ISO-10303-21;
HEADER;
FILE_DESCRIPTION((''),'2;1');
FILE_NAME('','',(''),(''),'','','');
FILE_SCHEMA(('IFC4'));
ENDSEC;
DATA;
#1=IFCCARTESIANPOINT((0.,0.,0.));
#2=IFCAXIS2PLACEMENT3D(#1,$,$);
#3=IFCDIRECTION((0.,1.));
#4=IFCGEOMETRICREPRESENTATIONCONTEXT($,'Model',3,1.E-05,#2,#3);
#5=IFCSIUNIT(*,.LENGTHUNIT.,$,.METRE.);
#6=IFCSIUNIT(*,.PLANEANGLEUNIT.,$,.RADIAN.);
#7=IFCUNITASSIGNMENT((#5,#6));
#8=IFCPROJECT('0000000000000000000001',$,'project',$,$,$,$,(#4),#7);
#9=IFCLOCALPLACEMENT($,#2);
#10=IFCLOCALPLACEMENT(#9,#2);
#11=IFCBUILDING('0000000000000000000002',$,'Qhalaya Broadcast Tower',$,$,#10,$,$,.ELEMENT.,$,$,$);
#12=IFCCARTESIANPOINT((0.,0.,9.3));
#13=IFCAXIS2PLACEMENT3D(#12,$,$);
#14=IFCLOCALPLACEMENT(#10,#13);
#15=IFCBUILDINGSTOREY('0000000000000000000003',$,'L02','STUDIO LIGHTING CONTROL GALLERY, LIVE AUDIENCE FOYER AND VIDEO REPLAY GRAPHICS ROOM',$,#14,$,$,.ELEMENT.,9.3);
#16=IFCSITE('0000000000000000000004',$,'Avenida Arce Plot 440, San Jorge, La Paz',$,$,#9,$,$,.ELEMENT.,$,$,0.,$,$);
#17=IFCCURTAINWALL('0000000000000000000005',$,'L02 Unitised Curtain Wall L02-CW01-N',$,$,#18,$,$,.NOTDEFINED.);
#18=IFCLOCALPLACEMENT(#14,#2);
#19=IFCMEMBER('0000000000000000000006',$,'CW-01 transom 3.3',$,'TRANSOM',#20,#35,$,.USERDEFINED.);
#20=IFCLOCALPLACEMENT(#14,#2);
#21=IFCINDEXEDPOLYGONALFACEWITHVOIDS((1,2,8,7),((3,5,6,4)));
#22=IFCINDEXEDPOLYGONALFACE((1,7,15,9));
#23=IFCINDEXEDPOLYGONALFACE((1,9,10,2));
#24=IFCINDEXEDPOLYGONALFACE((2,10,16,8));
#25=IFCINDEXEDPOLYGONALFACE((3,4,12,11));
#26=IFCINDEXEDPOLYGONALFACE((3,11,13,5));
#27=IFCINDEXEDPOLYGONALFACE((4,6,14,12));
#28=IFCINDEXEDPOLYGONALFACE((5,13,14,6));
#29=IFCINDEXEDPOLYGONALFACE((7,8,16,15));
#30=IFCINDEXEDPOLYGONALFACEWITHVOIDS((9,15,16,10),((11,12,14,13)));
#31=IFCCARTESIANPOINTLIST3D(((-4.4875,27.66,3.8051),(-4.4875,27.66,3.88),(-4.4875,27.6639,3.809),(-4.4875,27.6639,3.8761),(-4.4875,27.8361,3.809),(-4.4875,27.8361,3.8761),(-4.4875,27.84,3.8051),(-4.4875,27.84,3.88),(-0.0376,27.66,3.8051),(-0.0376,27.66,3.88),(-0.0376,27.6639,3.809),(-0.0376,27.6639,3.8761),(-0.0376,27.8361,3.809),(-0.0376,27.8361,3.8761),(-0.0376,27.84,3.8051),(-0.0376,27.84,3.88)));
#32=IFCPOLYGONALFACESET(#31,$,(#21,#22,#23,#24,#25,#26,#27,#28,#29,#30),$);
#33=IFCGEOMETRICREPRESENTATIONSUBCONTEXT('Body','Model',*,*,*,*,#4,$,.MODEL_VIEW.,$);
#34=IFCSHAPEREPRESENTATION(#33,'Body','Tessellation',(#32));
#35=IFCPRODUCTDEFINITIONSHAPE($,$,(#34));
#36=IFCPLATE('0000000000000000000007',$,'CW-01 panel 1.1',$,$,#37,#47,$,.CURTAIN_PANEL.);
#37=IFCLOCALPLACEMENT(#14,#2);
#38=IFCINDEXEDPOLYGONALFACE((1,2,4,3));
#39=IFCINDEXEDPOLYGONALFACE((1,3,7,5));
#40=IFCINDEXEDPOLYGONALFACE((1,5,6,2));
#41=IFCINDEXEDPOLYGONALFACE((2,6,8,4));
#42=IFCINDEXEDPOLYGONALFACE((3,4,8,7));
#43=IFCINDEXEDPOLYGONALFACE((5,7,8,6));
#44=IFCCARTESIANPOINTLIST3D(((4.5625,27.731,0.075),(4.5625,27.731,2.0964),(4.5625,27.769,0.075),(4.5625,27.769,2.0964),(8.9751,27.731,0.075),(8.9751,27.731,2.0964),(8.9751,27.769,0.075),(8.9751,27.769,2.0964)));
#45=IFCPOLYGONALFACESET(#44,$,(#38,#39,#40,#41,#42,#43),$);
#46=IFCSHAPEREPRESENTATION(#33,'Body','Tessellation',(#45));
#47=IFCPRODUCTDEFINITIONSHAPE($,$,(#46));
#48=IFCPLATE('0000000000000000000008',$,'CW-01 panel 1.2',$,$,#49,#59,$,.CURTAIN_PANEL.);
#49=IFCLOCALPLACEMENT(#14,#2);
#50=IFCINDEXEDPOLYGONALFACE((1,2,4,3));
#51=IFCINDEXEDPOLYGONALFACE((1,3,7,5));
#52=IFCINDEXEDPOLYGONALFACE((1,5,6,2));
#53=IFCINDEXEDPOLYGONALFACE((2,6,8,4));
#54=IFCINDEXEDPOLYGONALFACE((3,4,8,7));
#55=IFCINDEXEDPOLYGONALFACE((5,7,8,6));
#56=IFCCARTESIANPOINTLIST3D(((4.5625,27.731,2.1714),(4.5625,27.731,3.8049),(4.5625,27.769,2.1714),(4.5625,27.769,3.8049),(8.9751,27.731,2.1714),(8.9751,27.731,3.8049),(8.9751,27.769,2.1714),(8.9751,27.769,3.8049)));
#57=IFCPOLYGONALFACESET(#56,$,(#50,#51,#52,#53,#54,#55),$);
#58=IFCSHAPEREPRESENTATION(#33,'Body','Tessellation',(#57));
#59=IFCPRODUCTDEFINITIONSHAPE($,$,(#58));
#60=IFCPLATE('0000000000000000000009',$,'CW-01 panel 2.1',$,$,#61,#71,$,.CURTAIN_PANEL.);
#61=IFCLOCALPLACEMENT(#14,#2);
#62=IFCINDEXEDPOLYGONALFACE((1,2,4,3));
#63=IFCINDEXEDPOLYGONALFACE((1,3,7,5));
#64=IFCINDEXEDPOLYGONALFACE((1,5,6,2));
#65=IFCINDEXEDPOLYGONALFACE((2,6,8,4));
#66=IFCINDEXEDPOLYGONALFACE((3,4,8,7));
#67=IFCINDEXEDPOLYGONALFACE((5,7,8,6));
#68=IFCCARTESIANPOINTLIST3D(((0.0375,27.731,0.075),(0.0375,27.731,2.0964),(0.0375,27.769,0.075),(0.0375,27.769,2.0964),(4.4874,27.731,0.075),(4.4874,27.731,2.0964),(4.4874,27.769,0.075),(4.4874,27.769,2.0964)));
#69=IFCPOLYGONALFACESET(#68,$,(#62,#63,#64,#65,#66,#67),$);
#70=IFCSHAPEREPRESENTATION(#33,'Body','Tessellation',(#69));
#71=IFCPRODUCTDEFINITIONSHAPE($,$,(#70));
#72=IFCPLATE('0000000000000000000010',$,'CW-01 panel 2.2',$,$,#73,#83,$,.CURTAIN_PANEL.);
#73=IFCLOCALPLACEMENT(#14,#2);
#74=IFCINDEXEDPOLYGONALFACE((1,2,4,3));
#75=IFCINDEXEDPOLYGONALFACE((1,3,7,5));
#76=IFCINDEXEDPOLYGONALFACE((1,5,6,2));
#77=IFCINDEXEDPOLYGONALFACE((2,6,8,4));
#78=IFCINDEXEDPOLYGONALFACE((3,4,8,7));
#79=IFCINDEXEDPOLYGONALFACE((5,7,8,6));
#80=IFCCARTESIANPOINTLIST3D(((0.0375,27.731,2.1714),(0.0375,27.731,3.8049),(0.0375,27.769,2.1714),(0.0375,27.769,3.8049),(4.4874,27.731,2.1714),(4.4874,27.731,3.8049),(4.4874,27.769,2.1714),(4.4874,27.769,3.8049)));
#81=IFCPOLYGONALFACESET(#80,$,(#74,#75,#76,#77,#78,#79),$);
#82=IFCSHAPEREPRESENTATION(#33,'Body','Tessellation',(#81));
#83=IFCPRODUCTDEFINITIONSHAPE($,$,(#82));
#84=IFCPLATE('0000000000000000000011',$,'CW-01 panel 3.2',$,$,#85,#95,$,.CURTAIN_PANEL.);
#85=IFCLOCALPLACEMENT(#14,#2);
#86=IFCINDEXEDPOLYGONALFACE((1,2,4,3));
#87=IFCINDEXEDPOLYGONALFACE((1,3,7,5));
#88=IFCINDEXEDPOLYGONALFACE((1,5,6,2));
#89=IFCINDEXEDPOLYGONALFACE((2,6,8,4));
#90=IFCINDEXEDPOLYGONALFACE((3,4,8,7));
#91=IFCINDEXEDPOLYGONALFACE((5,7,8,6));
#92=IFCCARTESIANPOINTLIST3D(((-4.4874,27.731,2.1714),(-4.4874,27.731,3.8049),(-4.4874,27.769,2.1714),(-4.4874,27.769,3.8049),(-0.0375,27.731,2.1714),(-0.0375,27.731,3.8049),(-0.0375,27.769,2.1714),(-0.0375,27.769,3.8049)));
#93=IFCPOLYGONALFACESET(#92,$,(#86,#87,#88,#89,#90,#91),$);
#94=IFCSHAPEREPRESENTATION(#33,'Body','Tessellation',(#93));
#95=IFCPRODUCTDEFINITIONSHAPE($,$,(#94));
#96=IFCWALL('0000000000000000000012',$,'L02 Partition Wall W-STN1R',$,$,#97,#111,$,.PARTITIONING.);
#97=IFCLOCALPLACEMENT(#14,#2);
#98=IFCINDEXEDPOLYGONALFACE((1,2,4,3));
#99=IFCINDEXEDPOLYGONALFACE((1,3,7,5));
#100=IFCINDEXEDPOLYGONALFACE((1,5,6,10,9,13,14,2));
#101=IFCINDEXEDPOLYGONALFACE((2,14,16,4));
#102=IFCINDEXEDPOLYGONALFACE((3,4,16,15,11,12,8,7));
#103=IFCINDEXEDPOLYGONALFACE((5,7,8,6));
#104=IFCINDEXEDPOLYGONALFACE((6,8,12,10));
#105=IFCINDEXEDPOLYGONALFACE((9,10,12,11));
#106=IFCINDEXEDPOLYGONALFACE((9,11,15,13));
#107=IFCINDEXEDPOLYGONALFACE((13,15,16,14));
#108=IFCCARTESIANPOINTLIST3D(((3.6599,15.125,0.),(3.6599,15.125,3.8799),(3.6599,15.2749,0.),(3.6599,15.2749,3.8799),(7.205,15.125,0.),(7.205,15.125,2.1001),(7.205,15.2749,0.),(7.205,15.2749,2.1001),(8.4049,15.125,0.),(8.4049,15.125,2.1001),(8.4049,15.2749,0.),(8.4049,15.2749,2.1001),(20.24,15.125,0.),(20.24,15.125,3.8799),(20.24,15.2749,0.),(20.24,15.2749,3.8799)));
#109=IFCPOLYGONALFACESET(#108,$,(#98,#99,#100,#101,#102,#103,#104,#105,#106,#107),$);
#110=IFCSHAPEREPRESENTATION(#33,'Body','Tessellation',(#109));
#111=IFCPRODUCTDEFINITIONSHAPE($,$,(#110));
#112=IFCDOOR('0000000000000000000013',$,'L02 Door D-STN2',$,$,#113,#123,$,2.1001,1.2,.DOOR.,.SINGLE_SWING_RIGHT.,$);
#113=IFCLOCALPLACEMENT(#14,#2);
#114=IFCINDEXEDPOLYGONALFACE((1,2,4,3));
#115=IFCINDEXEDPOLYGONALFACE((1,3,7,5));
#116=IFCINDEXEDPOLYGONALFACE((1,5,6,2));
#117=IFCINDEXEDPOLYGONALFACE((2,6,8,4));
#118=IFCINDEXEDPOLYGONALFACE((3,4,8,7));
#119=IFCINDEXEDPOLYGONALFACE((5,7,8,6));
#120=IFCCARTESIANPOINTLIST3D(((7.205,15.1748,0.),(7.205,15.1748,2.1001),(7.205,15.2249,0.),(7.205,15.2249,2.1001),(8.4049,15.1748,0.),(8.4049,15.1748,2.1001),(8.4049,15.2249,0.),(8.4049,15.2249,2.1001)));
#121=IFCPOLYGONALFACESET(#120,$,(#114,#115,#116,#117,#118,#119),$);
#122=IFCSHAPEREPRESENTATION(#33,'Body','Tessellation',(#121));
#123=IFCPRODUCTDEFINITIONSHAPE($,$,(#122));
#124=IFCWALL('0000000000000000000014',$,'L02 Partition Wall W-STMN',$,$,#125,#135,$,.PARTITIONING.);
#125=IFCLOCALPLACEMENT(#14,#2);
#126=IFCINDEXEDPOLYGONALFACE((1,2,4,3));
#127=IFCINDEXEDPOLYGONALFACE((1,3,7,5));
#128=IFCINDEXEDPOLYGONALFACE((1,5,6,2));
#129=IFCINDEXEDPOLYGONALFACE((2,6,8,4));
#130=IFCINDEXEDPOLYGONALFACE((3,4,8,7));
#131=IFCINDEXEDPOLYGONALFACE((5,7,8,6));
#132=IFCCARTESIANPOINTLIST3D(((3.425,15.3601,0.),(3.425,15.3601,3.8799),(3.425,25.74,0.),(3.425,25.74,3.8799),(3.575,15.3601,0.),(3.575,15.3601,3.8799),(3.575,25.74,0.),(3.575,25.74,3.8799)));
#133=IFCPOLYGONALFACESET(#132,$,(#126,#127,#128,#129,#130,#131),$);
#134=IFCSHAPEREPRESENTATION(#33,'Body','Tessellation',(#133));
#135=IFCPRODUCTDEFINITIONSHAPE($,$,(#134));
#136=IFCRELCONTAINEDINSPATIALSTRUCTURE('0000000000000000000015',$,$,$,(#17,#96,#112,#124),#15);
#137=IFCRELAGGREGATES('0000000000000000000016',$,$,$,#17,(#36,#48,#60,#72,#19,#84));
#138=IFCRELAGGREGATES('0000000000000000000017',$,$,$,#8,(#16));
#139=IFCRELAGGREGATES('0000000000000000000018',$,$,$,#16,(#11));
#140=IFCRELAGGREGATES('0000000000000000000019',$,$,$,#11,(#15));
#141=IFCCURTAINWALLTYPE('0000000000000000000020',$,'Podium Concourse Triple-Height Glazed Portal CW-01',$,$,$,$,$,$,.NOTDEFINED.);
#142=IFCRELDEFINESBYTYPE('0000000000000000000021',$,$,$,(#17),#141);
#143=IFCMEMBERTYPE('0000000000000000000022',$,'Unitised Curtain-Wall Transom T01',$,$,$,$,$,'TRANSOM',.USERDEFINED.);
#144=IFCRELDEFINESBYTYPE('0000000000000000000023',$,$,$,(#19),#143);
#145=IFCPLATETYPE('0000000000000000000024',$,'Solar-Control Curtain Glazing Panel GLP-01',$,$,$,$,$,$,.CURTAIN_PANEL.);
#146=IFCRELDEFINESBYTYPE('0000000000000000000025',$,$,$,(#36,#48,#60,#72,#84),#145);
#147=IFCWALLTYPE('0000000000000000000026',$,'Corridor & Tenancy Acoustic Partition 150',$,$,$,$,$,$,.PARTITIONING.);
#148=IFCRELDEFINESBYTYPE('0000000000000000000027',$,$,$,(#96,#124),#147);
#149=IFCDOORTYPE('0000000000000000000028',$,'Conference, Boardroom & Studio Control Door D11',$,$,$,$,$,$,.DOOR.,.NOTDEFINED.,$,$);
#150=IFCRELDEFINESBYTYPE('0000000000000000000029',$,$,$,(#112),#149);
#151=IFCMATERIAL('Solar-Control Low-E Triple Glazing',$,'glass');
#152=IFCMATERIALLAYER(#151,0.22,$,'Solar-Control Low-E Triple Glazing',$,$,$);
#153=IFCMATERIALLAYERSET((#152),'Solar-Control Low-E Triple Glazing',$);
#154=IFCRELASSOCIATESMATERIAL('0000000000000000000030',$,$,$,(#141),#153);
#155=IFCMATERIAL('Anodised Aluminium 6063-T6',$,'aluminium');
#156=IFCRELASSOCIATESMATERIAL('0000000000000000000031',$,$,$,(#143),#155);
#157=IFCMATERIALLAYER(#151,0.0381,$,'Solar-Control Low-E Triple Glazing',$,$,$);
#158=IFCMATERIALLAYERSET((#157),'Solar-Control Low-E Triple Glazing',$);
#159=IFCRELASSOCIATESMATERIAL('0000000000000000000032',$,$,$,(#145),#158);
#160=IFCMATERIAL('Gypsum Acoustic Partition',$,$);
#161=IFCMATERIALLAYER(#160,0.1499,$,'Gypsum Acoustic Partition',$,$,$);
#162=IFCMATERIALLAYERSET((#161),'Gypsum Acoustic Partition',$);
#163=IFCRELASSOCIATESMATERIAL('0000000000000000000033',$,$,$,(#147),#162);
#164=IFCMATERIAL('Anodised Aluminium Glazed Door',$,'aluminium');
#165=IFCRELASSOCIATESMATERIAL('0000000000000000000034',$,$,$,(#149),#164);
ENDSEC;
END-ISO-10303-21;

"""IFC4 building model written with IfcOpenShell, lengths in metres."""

from ifc_helpers import new_model, si_unit, direction, frame, frame_2d, origin, origin_2d, place, context, subcontext, project, spatial, rectangle, hollow_rectangle, extrude, material, layer, layer_set, material_profile, profile_set, type_object, element, fill, aggregate, save


model = new_model("IFC4")

# Units and contexts
model_context = context("Model", 3, precision=1e-05, world=origin(), true_north=direction((0.0, 1.0)))
body_context = subcontext(model_context, "Body", "Model", "MODEL_VIEW")
ifc_project = project(units=[si_unit("LENGTHUNIT", "METRE"), si_unit("PLANEANGLEUNIT", "RADIAN")], contexts=[model_context])

# Site, building, storey
site_placement = place(None, origin())
site = spatial("IfcSite", under=ifc_project, at=site_placement, Name="Avenida Arce Plot 440, San Jorge, La Paz", CompositionType="ELEMENT", RefElevation=0.0)
building_placement = place(site_placement, origin())
building = spatial("IfcBuilding", under=site, at=building_placement, Name="Qhalaya Broadcast Tower", CompositionType="ELEMENT")
storey_placement = place(building_placement, frame((0.0, 0.0, 9.3)))
storey = spatial("IfcBuildingStorey", under=building, at=storey_placement, Name="L02", Description="STUDIO LIGHTING CONTROL GALLERY, LIVE AUDIENCE FOYER AND VIDEO REPLAY GRAPHICS ROOM", CompositionType="ELEMENT", Elevation=9.3)

# Curtain wall, member, plates
ifc_material_1 = material(Name="Solar-Control Low-E Triple Glazing", Category="glass")
ifc_layer_1 = layer(ifc_material_1, 0.22, Name="Solar-Control Low-E Triple Glazing")
ifc_layer_set_1 = layer_set([ifc_layer_1], Name="Solar-Control Low-E Triple Glazing")
curtain_wall_type = type_object("IfcCurtainWallType", Name="Podium Concourse Triple-Height Glazed Portal CW-01", PredefinedType="NOTDEFINED", material=ifc_layer_set_1)
curtain_wall_placement = place(storey_placement, origin())
curtain_wall = element("IfcCurtainWall", 1, at=curtain_wall_placement, inside=storey, type_object=curtain_wall_type, Name="L02 Unitised Curtain Wall L02-CW01-N", PredefinedType="NOTDEFINED")
ifc_material_2 = material(Name="Anodised Aluminium 6063-T6", Category="aluminium")
ifc_material_profile_1 = material_profile(ifc_material_2, hollow_rectangle(XDim=0.075, YDim=0.1799, WallThickness=0.0039, at=origin_2d()), Name="ALU-TRN 75x180x4")
ifc_profile_set_1 = profile_set([ifc_material_profile_1], Name="Anodised Aluminium 6063-T6")
member_type_1 = type_object("IfcMemberType", Name="Unitised Curtain-Wall Transom T01", ElementType="TRANSOM", PredefinedType="USERDEFINED", material=ifc_profile_set_1)
member_1_placement = place(storey_placement, frame((-0.0376, 27.75, 3.8425), z_axis=(-1.0, 0.0, 0.0), x_axis=(0.0, 0.0, 1.0)))
member_1 = element("IfcMember", 2, at=member_1_placement, type_object=member_type_1, Name="CW-01 transom 3.3", ObjectType="TRANSOM", PredefinedType="USERDEFINED", context=body_context, shape_type="SweptSolid", body=[
    extrude(hollow_rectangle(XDim=0.075, YDim=0.1799, WallThickness=0.0039, at=origin_2d()), origin(), (0.0, 0.0, 1.0), 4.45),
])
ifc_layer_2 = layer(ifc_material_1, 0.0381, Name="Solar-Control Low-E Triple Glazing")
ifc_layer_set_2 = layer_set([ifc_layer_2], Name="Solar-Control Low-E Triple Glazing")
plate_type = type_object("IfcPlateType", Name="Solar-Control Curtain Glazing Panel GLP-01", PredefinedType="CURTAIN_PANEL", material=ifc_layer_set_2)
plate_1_placement = place(storey_placement, frame((6.7688, 27.75, 0.075), z_axis=(0.0, 0.0, 1.0), x_axis=(-1.0, 0.0, 0.0)))
plate_1 = element("IfcPlate", 3, at=plate_1_placement, type_object=plate_type, Name="CW-01 panel 1.1", PredefinedType="CURTAIN_PANEL", context=body_context, shape_type="SweptSolid", body=[
    extrude(rectangle(XDim=4.4126, YDim=0.0381, at=origin_2d()), origin(), (0.0, 0.0, 1.0), 2.0215),
])
plate_2_placement = place(storey_placement, frame((6.7688, 27.75, 2.1714), z_axis=(0.0, 0.0, 1.0), x_axis=(-1.0, 0.0, 0.0)))
plate_2 = element("IfcPlate", 4, at=plate_2_placement, type_object=plate_type, Name="CW-01 panel 1.2", PredefinedType="CURTAIN_PANEL", context=body_context, shape_type="SweptSolid", body=[
    extrude(rectangle(XDim=4.4126, YDim=0.0381, at=origin_2d()), origin(), (0.0, 0.0, 1.0), 1.6335),
])
plate_3_placement = place(storey_placement, frame((2.2625, 27.75, 0.075), z_axis=(0.0, 0.0, 1.0), x_axis=(-1.0, 0.0, 0.0)))
plate_3 = element("IfcPlate", 5, at=plate_3_placement, type_object=plate_type, Name="CW-01 panel 2.1", PredefinedType="CURTAIN_PANEL", context=body_context, shape_type="SweptSolid", body=[
    extrude(rectangle(XDim=4.45, YDim=0.0381, at=origin_2d()), origin(), (0.0, 0.0, 1.0), 2.0215),
])
plate_4_placement = place(storey_placement, frame((2.2625, 27.75, 2.1714), z_axis=(0.0, 0.0, 1.0), x_axis=(-1.0, 0.0, 0.0)))
plate_4 = element("IfcPlate", 6, at=plate_4_placement, type_object=plate_type, Name="CW-01 panel 2.2", PredefinedType="CURTAIN_PANEL", context=body_context, shape_type="SweptSolid", body=[
    extrude(rectangle(XDim=4.45, YDim=0.0381, at=origin_2d()), origin(), (0.0, 0.0, 1.0), 1.6335),
])
plate_5_placement = place(storey_placement, frame((-2.2625, 27.75, 2.1714), z_axis=(0.0, 0.0, 1.0), x_axis=(-1.0, 0.0, 0.0)))
plate_5 = element("IfcPlate", 7, at=plate_5_placement, type_object=plate_type, Name="CW-01 panel 3.2", PredefinedType="CURTAIN_PANEL", context=body_context, shape_type="SweptSolid", body=[
    extrude(rectangle(XDim=4.45, YDim=0.0381, at=origin_2d()), origin(), (0.0, 0.0, 1.0), 1.6335),
])
aggregate(curtain_wall, [plate_1, plate_2, plate_3, plate_4, member_1, plate_5])

# Wall, opening, door
ifc_material_3 = material(Name="Gypsum Acoustic Partition")
ifc_layer_3 = layer(ifc_material_3, 0.1499, Name="Gypsum Acoustic Partition")
ifc_layer_set_3 = layer_set([ifc_layer_3], Name="Gypsum Acoustic Partition")
wall_type = type_object("IfcWallType", Name="Corridor & Tenancy Acoustic Partition 150", PredefinedType="PARTITIONING", material=ifc_layer_set_3)
wall_1_placement = place(storey_placement, frame((3.6599, 15.2, 0.0), z_axis=(0.0, 0.0, 1.0), x_axis=(1.0, 0.0, 0.0)))
wall_1 = element("IfcWall", 8, at=wall_1_placement, inside=storey, type_object=wall_type, Name="L02 Partition Wall W-STN1R", PredefinedType="PARTITIONING", context=body_context, shape_type="SweptSolid", body=[
    extrude(rectangle(XDim=16.5801, YDim=0.1499, at=frame_2d((8.29, 0.0))), origin(), (0.0, 0.0, 1.0), 3.8799),
])
opening_placement = place(wall_1_placement, frame((3.5449, 0.0, 0.0)))
opening = element("IfcOpeningElement", 9, at=opening_placement, cuts=wall_1, PredefinedType="OPENING", context=body_context, shape_type="SweptSolid", body=[
    extrude(rectangle(XDim=1.2, YDim=2.1001, at=frame_2d((0.6001, 1.05))), frame((0.0, 0.0869, 0.0), z_axis=(0.0, -1.0, 0.0), x_axis=(1.0, 0.0, 0.0)), (0.0, 0.0, 1.0), 0.1738),
])
ifc_material_4 = material(Name="Anodised Aluminium Glazed Door", Category="aluminium")
door_type = type_object("IfcDoorType", Name="Conference, Boardroom & Studio Control Door D11", OperationType="NOTDEFINED", PredefinedType="DOOR", material=ifc_material_4)
door_placement = place(opening_placement, origin())
door = element("IfcDoor", 10, at=door_placement, inside=storey, type_object=door_type, Name="L02 Door D-STN2", OperationType="SINGLE_SWING_RIGHT", OverallHeight=2.1001, OverallWidth=1.2, PredefinedType="DOOR", context=body_context, shape_type="SweptSolid", body=[
    extrude(rectangle(XDim=1.2, YDim=2.1001, at=frame_2d((0.6001, 1.05))), frame((0.0, 0.0249, 0.0), z_axis=(0.0, -1.0, 0.0), x_axis=(1.0, 0.0, 0.0)), (0.0, 0.0, 1.0), 0.05),
])
fill(opening, door)

# Wall
wall_2_placement = place(storey_placement, frame((3.5, 15.3601, 0.0), z_axis=(0.0, 0.0, 1.0), x_axis=(0.0, 1.0, 0.0)))
element("IfcWall", 11, at=wall_2_placement, inside=storey, type_object=wall_type, Name="L02 Partition Wall W-STMN", PredefinedType="PARTITIONING", context=body_context, shape_type="SweptSolid", body=[
    extrude(rectangle(XDim=10.3799, YDim=0.1499, at=frame_2d((5.1899, 0.0))), origin(), (0.0, 0.0, 1.0), 3.8799),
])

save(model, "model.ifc")
